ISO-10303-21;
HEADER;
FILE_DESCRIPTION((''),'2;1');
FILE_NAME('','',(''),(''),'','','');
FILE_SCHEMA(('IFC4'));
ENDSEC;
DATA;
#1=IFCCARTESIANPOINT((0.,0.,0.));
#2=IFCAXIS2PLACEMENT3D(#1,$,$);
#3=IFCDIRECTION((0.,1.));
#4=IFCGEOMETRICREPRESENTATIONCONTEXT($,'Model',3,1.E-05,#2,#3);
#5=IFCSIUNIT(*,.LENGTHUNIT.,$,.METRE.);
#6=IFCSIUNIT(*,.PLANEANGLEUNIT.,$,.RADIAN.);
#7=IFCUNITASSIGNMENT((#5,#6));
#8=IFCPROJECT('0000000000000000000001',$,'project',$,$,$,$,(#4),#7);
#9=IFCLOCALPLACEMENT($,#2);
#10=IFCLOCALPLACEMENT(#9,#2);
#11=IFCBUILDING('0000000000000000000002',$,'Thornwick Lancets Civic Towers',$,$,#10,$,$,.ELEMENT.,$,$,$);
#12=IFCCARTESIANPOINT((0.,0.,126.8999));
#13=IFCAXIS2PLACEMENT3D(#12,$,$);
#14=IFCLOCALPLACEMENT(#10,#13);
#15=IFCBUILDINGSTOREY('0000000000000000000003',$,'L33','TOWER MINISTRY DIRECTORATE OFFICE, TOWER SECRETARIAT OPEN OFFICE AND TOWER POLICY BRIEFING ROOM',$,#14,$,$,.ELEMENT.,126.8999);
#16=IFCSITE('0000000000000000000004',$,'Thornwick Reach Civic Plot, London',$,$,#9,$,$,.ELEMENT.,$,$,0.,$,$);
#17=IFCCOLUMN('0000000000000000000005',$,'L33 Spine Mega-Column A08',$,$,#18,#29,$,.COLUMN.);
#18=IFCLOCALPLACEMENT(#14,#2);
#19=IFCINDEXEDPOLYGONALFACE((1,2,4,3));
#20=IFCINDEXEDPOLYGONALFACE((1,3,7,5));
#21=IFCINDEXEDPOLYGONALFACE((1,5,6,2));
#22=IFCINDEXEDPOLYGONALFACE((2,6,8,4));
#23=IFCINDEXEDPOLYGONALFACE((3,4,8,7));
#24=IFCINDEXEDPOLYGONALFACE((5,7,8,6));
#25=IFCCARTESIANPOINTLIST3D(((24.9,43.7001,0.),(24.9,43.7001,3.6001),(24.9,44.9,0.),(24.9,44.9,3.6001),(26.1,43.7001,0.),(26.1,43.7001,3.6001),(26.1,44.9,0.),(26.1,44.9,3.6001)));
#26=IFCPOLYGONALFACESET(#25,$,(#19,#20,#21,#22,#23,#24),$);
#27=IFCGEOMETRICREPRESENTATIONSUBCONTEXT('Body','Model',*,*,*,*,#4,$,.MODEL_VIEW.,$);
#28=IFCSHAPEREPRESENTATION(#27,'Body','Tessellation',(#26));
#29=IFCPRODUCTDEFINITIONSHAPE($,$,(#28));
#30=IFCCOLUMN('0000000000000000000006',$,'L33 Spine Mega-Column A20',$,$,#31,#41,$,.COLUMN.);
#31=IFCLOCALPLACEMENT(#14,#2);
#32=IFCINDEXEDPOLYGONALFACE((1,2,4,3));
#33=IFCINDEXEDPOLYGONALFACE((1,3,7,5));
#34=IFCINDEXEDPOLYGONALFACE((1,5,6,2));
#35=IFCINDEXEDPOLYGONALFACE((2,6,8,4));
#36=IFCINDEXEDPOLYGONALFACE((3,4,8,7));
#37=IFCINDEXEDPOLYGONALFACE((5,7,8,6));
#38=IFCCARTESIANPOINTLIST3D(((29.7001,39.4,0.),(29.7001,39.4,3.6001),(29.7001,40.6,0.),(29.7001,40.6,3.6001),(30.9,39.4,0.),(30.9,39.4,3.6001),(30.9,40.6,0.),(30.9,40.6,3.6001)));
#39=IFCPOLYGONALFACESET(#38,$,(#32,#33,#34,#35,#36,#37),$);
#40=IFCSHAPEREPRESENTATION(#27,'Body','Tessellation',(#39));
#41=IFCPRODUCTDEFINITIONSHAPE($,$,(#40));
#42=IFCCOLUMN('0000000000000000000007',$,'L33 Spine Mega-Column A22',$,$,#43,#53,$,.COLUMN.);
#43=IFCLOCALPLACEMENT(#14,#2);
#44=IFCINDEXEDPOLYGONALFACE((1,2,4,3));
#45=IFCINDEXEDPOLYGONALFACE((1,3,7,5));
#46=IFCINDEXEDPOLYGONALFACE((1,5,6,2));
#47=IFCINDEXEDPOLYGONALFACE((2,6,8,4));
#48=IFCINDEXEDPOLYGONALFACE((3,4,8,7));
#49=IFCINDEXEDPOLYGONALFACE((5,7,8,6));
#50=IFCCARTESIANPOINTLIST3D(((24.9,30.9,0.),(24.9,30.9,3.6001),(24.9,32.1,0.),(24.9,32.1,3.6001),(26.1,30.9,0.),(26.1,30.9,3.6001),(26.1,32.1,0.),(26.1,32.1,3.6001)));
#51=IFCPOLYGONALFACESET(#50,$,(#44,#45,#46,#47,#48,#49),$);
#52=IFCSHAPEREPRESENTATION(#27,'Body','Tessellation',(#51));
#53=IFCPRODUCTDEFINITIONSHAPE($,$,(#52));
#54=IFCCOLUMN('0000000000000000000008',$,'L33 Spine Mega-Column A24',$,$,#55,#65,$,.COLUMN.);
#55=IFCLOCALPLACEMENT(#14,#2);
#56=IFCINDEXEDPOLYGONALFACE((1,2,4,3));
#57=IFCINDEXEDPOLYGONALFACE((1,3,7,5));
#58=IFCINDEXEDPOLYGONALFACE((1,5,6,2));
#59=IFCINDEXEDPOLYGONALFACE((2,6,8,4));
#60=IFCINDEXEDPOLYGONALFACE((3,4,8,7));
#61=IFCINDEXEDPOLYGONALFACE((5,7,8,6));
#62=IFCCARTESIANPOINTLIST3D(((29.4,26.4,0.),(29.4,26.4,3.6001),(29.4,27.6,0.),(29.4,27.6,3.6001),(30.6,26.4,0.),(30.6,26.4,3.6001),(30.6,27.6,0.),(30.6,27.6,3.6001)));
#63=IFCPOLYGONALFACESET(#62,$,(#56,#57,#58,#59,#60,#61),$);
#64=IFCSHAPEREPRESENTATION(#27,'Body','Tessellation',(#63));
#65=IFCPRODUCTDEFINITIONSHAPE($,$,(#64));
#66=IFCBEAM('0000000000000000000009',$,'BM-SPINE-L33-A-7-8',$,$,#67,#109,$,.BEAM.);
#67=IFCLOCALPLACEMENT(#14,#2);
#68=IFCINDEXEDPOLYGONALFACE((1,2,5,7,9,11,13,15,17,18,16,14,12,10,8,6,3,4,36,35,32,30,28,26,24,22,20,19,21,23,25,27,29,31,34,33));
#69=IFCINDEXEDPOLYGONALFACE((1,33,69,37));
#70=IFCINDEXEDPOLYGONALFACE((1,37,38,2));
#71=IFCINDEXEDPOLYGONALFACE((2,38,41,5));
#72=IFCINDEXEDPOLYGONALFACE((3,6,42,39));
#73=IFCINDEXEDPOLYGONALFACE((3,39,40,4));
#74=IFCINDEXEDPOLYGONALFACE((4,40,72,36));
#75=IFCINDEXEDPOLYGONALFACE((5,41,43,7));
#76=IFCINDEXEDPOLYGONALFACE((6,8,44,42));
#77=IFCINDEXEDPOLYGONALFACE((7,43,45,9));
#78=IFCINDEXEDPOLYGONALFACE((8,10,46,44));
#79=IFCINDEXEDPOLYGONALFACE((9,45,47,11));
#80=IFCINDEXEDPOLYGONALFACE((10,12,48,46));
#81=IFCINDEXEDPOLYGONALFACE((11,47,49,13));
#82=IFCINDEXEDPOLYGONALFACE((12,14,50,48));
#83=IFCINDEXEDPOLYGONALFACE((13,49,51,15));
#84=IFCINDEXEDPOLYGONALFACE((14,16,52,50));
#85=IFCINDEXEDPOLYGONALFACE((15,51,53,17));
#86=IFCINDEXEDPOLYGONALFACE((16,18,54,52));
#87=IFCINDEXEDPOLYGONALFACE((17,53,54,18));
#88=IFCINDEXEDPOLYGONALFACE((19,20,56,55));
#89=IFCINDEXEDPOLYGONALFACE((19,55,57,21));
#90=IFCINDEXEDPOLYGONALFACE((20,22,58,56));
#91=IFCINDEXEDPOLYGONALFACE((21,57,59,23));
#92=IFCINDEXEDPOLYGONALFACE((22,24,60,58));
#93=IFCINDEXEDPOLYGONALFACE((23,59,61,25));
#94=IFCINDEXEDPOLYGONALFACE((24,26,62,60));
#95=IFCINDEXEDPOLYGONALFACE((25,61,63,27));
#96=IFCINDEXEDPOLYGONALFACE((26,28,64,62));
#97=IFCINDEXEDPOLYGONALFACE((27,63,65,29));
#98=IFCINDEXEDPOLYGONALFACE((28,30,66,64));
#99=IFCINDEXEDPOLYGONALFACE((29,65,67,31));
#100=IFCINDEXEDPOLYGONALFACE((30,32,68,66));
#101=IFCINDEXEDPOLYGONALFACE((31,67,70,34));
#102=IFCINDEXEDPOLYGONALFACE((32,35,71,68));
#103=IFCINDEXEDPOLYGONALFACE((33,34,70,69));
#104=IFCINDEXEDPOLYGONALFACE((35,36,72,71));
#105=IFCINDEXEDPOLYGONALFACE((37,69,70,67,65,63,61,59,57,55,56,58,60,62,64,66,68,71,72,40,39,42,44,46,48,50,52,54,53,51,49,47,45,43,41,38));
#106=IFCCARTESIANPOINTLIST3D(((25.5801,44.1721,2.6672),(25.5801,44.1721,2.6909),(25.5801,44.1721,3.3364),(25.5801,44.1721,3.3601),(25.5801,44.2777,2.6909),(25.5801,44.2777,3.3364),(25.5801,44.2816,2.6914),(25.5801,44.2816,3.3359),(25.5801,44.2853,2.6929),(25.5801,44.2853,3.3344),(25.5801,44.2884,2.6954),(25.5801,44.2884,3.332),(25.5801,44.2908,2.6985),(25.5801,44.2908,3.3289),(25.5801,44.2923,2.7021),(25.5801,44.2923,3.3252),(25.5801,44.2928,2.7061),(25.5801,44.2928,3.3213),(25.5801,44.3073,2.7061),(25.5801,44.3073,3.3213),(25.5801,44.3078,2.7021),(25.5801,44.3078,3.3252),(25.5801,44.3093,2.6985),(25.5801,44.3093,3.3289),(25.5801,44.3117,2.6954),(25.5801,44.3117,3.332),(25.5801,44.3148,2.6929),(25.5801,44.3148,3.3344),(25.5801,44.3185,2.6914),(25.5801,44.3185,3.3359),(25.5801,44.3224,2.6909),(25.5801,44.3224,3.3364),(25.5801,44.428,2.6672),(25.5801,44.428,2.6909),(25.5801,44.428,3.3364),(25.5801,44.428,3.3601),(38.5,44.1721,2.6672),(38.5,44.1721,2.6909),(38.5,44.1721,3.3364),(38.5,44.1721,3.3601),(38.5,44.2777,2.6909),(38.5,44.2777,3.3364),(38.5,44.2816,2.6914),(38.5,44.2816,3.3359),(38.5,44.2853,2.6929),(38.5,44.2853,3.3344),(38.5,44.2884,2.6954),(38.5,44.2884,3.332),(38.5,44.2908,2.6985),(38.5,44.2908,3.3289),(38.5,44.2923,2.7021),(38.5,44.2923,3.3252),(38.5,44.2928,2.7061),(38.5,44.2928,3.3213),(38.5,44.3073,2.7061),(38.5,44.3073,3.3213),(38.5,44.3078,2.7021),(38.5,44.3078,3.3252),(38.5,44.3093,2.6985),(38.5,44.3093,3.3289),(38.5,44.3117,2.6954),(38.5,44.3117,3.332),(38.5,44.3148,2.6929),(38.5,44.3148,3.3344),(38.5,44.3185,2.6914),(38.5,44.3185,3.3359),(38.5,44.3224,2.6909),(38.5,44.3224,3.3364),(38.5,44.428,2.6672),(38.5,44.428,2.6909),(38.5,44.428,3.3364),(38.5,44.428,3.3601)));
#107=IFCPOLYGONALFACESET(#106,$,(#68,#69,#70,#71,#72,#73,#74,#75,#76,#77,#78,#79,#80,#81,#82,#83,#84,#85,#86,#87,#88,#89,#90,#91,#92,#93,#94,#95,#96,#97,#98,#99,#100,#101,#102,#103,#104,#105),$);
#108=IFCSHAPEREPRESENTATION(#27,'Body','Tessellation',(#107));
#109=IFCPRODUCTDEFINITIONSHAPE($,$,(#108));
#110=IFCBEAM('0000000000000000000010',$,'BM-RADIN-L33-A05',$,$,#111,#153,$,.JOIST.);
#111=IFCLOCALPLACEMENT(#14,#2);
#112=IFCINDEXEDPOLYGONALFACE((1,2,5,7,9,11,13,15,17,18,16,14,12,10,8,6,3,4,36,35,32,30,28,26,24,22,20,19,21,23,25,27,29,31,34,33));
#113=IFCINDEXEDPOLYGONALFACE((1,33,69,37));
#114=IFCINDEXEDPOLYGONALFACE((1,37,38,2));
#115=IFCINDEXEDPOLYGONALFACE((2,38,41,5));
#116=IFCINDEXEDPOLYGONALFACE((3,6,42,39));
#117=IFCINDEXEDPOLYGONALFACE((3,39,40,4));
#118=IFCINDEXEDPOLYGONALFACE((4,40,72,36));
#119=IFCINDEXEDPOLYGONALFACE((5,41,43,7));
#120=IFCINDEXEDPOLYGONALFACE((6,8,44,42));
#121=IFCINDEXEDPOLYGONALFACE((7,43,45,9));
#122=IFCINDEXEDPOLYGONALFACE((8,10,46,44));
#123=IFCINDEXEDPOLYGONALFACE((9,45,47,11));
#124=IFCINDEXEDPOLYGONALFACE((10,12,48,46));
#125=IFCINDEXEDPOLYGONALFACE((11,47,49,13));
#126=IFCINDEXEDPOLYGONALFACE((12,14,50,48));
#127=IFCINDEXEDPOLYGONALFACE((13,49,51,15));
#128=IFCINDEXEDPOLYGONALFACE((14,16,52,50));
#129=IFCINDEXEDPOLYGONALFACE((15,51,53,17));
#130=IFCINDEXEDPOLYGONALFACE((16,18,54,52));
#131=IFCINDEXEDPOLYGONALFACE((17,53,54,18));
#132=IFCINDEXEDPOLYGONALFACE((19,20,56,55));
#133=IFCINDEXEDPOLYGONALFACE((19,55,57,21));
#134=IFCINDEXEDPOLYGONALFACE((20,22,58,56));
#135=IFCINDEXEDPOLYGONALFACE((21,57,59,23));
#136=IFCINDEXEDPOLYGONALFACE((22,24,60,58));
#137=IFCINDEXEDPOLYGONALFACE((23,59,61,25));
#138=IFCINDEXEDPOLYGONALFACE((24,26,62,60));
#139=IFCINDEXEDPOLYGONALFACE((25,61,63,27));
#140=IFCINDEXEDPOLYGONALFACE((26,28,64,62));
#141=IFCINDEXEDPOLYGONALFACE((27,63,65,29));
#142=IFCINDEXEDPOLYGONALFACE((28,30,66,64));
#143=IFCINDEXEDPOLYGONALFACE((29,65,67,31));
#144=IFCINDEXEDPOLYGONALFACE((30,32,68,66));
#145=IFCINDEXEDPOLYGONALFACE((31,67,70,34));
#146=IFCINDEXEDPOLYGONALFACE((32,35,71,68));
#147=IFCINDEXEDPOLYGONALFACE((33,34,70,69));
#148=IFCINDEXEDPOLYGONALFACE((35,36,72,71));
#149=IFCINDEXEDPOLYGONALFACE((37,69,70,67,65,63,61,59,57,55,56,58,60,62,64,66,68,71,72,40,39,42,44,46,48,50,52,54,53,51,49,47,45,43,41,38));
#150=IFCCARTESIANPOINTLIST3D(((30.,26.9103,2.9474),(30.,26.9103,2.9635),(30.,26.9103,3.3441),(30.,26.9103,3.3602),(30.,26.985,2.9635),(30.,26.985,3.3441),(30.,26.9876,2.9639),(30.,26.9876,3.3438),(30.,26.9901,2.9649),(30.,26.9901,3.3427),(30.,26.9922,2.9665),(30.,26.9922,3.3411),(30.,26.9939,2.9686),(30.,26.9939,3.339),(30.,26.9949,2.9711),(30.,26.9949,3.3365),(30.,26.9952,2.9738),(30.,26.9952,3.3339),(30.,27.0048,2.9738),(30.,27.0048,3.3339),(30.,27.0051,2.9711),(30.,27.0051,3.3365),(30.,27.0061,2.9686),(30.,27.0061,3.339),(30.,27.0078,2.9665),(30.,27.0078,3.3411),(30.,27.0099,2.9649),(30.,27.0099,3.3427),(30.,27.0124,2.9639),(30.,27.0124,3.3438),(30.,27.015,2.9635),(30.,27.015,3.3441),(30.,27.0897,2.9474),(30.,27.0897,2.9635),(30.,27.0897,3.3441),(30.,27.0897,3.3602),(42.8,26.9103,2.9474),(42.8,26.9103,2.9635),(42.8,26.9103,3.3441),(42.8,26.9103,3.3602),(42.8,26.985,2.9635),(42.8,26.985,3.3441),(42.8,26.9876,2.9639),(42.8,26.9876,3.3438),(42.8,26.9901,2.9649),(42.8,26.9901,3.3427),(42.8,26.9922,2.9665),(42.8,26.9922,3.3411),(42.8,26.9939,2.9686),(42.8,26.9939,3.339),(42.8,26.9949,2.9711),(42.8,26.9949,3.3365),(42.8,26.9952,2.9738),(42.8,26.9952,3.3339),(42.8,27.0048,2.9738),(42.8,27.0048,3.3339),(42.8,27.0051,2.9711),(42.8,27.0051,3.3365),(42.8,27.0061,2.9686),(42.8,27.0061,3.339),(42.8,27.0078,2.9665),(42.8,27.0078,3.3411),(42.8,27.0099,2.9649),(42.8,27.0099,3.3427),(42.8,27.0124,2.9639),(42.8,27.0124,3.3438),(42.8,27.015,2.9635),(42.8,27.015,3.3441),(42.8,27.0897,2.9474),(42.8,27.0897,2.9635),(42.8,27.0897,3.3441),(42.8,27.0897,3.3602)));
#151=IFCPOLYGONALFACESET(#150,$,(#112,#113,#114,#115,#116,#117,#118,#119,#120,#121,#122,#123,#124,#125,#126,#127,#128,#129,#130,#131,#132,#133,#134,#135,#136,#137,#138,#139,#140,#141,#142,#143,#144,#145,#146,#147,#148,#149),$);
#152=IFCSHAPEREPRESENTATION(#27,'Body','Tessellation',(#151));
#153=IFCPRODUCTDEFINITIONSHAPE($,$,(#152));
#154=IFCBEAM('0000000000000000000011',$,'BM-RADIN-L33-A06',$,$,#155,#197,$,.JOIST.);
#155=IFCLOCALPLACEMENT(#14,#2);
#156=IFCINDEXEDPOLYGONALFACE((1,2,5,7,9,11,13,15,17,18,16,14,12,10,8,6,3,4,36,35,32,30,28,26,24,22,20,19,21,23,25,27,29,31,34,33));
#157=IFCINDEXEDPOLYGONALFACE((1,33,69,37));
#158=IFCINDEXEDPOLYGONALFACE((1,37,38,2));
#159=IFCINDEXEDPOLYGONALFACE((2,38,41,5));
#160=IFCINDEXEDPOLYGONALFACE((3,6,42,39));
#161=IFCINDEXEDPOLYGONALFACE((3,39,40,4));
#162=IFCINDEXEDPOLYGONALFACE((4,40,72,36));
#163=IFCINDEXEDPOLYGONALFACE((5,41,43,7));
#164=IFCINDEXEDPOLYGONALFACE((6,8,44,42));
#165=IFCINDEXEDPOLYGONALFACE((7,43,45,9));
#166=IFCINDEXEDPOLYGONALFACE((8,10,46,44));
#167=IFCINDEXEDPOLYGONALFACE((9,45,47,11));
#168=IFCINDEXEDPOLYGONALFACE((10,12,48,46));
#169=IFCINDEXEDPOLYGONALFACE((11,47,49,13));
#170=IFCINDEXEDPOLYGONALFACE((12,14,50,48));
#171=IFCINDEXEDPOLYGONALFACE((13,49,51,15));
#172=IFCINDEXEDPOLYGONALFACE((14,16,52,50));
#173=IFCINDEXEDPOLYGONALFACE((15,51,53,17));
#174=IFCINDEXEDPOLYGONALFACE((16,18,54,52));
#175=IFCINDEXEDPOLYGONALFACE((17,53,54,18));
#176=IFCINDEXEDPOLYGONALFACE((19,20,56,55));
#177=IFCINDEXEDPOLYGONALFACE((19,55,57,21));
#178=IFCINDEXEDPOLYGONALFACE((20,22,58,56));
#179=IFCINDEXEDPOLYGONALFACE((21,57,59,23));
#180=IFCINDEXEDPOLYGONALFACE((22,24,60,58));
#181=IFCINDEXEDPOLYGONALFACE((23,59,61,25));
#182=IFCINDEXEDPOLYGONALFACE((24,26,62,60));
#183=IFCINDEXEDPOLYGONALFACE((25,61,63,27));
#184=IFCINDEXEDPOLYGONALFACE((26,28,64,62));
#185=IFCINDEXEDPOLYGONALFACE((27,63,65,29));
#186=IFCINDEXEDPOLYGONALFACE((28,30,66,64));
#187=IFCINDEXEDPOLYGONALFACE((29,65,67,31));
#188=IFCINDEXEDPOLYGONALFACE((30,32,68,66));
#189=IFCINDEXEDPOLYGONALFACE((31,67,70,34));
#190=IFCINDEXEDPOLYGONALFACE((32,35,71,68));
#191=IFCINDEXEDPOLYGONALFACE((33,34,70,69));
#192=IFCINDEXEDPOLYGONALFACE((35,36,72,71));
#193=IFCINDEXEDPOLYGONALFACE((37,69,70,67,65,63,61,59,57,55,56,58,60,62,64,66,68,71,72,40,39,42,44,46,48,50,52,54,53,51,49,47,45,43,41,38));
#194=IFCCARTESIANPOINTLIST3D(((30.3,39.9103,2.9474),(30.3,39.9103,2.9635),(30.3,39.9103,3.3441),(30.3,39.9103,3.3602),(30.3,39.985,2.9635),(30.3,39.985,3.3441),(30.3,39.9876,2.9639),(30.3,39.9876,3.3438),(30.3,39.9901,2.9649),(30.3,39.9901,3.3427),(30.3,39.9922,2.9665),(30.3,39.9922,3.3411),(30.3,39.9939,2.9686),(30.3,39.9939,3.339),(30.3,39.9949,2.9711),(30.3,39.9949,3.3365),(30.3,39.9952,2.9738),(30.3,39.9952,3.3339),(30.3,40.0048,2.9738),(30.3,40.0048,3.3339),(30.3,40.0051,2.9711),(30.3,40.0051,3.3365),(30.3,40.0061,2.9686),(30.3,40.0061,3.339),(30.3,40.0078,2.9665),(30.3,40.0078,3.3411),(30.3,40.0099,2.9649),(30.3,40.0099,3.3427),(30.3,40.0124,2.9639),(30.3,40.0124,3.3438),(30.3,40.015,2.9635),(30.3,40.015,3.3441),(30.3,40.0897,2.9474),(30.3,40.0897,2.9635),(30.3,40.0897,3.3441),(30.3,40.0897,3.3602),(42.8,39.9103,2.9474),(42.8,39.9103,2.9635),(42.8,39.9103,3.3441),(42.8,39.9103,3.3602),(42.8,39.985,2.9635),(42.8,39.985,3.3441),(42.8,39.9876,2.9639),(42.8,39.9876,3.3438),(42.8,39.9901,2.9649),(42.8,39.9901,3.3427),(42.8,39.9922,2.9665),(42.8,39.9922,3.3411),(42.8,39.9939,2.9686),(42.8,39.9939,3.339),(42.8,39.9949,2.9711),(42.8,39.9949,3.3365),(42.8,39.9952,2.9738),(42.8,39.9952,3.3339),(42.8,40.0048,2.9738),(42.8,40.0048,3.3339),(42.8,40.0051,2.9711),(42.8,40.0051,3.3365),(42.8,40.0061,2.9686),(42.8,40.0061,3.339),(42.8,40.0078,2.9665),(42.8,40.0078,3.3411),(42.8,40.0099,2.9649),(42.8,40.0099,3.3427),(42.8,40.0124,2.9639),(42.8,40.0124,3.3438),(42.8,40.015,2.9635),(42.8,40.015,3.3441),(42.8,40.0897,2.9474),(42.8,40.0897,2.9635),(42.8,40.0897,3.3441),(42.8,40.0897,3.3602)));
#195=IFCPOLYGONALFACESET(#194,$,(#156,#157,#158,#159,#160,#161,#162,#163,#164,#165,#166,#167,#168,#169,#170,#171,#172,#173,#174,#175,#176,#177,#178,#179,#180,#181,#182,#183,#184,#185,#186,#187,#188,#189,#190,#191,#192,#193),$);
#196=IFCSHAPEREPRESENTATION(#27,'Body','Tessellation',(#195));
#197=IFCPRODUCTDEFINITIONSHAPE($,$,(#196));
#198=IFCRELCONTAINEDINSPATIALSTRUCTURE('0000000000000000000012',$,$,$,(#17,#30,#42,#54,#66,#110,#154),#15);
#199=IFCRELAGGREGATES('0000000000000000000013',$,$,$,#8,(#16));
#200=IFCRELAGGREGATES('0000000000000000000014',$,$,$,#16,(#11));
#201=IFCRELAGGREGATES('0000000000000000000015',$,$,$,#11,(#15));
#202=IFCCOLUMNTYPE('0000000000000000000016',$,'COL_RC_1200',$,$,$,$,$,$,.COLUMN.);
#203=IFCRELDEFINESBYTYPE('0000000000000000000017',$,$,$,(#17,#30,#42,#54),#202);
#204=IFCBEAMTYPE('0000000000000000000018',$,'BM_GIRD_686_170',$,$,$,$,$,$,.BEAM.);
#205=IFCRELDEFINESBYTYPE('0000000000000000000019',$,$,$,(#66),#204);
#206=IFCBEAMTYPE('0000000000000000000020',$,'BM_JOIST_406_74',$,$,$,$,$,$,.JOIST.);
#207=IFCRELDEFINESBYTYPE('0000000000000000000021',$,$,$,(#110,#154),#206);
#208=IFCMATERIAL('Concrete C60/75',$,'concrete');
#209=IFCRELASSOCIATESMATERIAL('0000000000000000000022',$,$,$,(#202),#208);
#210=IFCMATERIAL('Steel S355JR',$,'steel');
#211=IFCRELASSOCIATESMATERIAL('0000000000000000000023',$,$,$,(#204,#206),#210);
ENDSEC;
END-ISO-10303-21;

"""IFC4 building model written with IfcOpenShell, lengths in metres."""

from ifc_helpers import new_model, si_unit, direction, frame, origin, origin_2d, place, context, subcontext, project, spatial, rectangle, i_section, extrude, material, material_profile, profile_set, type_object, element, save


model = new_model("IFC4")

# Units and contexts
model_context = context("Model", 3, precision=1e-05, world=origin(), true_north=direction((0.0, 1.0)))
body_context = subcontext(model_context, "Body", "Model", "MODEL_VIEW")
ifc_project = project(units=[si_unit("LENGTHUNIT", "METRE"), si_unit("PLANEANGLEUNIT", "RADIAN")], contexts=[model_context])

# Site, building, storey
site_placement = place(None, origin())
site = spatial("IfcSite", under=ifc_project, at=site_placement, Name="Thornwick Reach Civic Plot, London", CompositionType="ELEMENT", RefElevation=0.0)
building_placement = place(site_placement, origin())
building = spatial("IfcBuilding", under=site, at=building_placement, Name="Thornwick Lancets Civic Towers", CompositionType="ELEMENT")
storey_placement = place(building_placement, frame((0.0, 0.0, 126.8999)))
storey = spatial("IfcBuildingStorey", under=building, at=storey_placement, Name="L33", Description="TOWER MINISTRY DIRECTORATE OFFICE, TOWER SECRETARIAT OPEN OFFICE AND TOWER POLICY BRIEFING ROOM", CompositionType="ELEMENT", Elevation=126.8999)

# Columns
ifc_material_1 = material(Name="Concrete C60/75", Category="concrete")
ifc_material_profile_1 = material_profile(ifc_material_1, rectangle(XDim=1.2, YDim=1.2, at=origin_2d()), Name="RC 1200x1200")
ifc_profile_set_1 = profile_set([ifc_material_profile_1], Name="Concrete C60/75")
column_type = type_object("IfcColumnType", Name="COL_RC_1200", PredefinedType="COLUMN", material=ifc_profile_set_1)
for number, where, z_axis, x_axis, name in (
    (1, (25.5, 44.3, 0.0), (0.0, 0.0, 1.0), (1.0, 0.0, 0.0), "L33 Spine Mega-Column A08"),
    (2, (30.3, 40.0, 0.0), (0.0, 0.0, 1.0), (1.0, 0.0, 0.0), "L33 Spine Mega-Column A20"),
    (3, (25.5, 31.5, 0.0), (0.0, 0.0, 1.0), (1.0, 0.0, 0.0), "L33 Spine Mega-Column A22"),
    (4, (30.0, 27.0, 0.0), (0.0, 0.0, 1.0), (1.0, 0.0, 0.0), "L33 Spine Mega-Column A24"),
):
    element("IfcColumn", number, at=place(storey_placement, frame(where, z_axis=z_axis, x_axis=x_axis)), inside=storey, type_object=column_type, Name=name, PredefinedType="COLUMN", context=body_context, shape_type="SweptSolid", body=[
        extrude(rectangle(XDim=1.2, YDim=1.2, at=origin_2d()), origin(), (0.0, 0.0, 1.0), 3.6001),
    ])

# Beams
ifc_material_2 = material(Name="Steel S355JR", Category="steel")
ifc_material_profile_2 = material_profile(ifc_material_2, i_section(OverallWidth=0.2559, OverallDepth=0.6929, WebThickness=0.0144, FlangeThickness=0.0237, FilletRadius=0.0151, at=origin_2d()), Name="UKB 686x254x170")
ifc_profile_set_2 = profile_set([ifc_material_profile_2], Name="Steel S355JR")
beam_type_1 = type_object("IfcBeamType", Name="BM_GIRD_686_170", PredefinedType="BEAM", material=ifc_profile_set_2)
beam_1_placement = place(storey_placement, frame((25.5801, 44.3, 3.0137), z_axis=(1.0, 0.0, 0.0), x_axis=(0.0, 1.0, 0.0)))
element("IfcBeam", 5, at=beam_1_placement, inside=storey, type_object=beam_type_1, Name="BM-SPINE-L33-A-7-8", PredefinedType="BEAM", context=body_context, shape_type="SweptSolid", body=[
    extrude(i_section(OverallWidth=0.2559, OverallDepth=0.6929, WebThickness=0.0144, FlangeThickness=0.0237, FilletRadius=0.0151, at=origin_2d()), origin(), (0.0, 0.0, 1.0), 12.9199),
])
ifc_material_profile_3 = material_profile(ifc_material_2, i_section(OverallWidth=0.1794, OverallDepth=0.4128, WebThickness=0.0095, FlangeThickness=0.0161, FilletRadius=0.0103, at=origin_2d()), Name="UKB 406x178x74")
ifc_profile_set_3 = profile_set([ifc_material_profile_3], Name="Steel S355JR")
beam_type_2 = type_object("IfcBeamType", Name="BM_JOIST_406_74", PredefinedType="JOIST", material=ifc_profile_set_3)
beam_2_placement = place(storey_placement, frame((30.0, 27.0, 3.1538), z_axis=(1.0, 0.0, 0.0), x_axis=(0.0, 1.0, 0.0)))
element("IfcBeam", 6, at=beam_2_placement, inside=storey, type_object=beam_type_2, Name="BM-RADIN-L33-A05", PredefinedType="JOIST", context=body_context, shape_type="SweptSolid", body=[
    extrude(i_section(OverallWidth=0.1794, OverallDepth=0.4128, WebThickness=0.0095, FlangeThickness=0.0161, FilletRadius=0.0103, at=origin_2d()), origin(), (0.0, 0.0, 1.0), 12.8),
])
beam_3_placement = place(storey_placement, frame((30.3, 40.0, 3.1538), z_axis=(1.0, 0.0, 0.0), x_axis=(0.0, 1.0, 0.0)))
element("IfcBeam", 7, at=beam_3_placement, inside=storey, type_object=beam_type_2, Name="BM-RADIN-L33-A06", PredefinedType="JOIST", context=body_context, shape_type="SweptSolid", body=[
    extrude(i_section(OverallWidth=0.1794, OverallDepth=0.4128, WebThickness=0.0095, FlangeThickness=0.0161, FilletRadius=0.0103, at=origin_2d()), origin(), (0.0, 0.0, 1.0), 12.5),
])

save(model, "model.ifc")
